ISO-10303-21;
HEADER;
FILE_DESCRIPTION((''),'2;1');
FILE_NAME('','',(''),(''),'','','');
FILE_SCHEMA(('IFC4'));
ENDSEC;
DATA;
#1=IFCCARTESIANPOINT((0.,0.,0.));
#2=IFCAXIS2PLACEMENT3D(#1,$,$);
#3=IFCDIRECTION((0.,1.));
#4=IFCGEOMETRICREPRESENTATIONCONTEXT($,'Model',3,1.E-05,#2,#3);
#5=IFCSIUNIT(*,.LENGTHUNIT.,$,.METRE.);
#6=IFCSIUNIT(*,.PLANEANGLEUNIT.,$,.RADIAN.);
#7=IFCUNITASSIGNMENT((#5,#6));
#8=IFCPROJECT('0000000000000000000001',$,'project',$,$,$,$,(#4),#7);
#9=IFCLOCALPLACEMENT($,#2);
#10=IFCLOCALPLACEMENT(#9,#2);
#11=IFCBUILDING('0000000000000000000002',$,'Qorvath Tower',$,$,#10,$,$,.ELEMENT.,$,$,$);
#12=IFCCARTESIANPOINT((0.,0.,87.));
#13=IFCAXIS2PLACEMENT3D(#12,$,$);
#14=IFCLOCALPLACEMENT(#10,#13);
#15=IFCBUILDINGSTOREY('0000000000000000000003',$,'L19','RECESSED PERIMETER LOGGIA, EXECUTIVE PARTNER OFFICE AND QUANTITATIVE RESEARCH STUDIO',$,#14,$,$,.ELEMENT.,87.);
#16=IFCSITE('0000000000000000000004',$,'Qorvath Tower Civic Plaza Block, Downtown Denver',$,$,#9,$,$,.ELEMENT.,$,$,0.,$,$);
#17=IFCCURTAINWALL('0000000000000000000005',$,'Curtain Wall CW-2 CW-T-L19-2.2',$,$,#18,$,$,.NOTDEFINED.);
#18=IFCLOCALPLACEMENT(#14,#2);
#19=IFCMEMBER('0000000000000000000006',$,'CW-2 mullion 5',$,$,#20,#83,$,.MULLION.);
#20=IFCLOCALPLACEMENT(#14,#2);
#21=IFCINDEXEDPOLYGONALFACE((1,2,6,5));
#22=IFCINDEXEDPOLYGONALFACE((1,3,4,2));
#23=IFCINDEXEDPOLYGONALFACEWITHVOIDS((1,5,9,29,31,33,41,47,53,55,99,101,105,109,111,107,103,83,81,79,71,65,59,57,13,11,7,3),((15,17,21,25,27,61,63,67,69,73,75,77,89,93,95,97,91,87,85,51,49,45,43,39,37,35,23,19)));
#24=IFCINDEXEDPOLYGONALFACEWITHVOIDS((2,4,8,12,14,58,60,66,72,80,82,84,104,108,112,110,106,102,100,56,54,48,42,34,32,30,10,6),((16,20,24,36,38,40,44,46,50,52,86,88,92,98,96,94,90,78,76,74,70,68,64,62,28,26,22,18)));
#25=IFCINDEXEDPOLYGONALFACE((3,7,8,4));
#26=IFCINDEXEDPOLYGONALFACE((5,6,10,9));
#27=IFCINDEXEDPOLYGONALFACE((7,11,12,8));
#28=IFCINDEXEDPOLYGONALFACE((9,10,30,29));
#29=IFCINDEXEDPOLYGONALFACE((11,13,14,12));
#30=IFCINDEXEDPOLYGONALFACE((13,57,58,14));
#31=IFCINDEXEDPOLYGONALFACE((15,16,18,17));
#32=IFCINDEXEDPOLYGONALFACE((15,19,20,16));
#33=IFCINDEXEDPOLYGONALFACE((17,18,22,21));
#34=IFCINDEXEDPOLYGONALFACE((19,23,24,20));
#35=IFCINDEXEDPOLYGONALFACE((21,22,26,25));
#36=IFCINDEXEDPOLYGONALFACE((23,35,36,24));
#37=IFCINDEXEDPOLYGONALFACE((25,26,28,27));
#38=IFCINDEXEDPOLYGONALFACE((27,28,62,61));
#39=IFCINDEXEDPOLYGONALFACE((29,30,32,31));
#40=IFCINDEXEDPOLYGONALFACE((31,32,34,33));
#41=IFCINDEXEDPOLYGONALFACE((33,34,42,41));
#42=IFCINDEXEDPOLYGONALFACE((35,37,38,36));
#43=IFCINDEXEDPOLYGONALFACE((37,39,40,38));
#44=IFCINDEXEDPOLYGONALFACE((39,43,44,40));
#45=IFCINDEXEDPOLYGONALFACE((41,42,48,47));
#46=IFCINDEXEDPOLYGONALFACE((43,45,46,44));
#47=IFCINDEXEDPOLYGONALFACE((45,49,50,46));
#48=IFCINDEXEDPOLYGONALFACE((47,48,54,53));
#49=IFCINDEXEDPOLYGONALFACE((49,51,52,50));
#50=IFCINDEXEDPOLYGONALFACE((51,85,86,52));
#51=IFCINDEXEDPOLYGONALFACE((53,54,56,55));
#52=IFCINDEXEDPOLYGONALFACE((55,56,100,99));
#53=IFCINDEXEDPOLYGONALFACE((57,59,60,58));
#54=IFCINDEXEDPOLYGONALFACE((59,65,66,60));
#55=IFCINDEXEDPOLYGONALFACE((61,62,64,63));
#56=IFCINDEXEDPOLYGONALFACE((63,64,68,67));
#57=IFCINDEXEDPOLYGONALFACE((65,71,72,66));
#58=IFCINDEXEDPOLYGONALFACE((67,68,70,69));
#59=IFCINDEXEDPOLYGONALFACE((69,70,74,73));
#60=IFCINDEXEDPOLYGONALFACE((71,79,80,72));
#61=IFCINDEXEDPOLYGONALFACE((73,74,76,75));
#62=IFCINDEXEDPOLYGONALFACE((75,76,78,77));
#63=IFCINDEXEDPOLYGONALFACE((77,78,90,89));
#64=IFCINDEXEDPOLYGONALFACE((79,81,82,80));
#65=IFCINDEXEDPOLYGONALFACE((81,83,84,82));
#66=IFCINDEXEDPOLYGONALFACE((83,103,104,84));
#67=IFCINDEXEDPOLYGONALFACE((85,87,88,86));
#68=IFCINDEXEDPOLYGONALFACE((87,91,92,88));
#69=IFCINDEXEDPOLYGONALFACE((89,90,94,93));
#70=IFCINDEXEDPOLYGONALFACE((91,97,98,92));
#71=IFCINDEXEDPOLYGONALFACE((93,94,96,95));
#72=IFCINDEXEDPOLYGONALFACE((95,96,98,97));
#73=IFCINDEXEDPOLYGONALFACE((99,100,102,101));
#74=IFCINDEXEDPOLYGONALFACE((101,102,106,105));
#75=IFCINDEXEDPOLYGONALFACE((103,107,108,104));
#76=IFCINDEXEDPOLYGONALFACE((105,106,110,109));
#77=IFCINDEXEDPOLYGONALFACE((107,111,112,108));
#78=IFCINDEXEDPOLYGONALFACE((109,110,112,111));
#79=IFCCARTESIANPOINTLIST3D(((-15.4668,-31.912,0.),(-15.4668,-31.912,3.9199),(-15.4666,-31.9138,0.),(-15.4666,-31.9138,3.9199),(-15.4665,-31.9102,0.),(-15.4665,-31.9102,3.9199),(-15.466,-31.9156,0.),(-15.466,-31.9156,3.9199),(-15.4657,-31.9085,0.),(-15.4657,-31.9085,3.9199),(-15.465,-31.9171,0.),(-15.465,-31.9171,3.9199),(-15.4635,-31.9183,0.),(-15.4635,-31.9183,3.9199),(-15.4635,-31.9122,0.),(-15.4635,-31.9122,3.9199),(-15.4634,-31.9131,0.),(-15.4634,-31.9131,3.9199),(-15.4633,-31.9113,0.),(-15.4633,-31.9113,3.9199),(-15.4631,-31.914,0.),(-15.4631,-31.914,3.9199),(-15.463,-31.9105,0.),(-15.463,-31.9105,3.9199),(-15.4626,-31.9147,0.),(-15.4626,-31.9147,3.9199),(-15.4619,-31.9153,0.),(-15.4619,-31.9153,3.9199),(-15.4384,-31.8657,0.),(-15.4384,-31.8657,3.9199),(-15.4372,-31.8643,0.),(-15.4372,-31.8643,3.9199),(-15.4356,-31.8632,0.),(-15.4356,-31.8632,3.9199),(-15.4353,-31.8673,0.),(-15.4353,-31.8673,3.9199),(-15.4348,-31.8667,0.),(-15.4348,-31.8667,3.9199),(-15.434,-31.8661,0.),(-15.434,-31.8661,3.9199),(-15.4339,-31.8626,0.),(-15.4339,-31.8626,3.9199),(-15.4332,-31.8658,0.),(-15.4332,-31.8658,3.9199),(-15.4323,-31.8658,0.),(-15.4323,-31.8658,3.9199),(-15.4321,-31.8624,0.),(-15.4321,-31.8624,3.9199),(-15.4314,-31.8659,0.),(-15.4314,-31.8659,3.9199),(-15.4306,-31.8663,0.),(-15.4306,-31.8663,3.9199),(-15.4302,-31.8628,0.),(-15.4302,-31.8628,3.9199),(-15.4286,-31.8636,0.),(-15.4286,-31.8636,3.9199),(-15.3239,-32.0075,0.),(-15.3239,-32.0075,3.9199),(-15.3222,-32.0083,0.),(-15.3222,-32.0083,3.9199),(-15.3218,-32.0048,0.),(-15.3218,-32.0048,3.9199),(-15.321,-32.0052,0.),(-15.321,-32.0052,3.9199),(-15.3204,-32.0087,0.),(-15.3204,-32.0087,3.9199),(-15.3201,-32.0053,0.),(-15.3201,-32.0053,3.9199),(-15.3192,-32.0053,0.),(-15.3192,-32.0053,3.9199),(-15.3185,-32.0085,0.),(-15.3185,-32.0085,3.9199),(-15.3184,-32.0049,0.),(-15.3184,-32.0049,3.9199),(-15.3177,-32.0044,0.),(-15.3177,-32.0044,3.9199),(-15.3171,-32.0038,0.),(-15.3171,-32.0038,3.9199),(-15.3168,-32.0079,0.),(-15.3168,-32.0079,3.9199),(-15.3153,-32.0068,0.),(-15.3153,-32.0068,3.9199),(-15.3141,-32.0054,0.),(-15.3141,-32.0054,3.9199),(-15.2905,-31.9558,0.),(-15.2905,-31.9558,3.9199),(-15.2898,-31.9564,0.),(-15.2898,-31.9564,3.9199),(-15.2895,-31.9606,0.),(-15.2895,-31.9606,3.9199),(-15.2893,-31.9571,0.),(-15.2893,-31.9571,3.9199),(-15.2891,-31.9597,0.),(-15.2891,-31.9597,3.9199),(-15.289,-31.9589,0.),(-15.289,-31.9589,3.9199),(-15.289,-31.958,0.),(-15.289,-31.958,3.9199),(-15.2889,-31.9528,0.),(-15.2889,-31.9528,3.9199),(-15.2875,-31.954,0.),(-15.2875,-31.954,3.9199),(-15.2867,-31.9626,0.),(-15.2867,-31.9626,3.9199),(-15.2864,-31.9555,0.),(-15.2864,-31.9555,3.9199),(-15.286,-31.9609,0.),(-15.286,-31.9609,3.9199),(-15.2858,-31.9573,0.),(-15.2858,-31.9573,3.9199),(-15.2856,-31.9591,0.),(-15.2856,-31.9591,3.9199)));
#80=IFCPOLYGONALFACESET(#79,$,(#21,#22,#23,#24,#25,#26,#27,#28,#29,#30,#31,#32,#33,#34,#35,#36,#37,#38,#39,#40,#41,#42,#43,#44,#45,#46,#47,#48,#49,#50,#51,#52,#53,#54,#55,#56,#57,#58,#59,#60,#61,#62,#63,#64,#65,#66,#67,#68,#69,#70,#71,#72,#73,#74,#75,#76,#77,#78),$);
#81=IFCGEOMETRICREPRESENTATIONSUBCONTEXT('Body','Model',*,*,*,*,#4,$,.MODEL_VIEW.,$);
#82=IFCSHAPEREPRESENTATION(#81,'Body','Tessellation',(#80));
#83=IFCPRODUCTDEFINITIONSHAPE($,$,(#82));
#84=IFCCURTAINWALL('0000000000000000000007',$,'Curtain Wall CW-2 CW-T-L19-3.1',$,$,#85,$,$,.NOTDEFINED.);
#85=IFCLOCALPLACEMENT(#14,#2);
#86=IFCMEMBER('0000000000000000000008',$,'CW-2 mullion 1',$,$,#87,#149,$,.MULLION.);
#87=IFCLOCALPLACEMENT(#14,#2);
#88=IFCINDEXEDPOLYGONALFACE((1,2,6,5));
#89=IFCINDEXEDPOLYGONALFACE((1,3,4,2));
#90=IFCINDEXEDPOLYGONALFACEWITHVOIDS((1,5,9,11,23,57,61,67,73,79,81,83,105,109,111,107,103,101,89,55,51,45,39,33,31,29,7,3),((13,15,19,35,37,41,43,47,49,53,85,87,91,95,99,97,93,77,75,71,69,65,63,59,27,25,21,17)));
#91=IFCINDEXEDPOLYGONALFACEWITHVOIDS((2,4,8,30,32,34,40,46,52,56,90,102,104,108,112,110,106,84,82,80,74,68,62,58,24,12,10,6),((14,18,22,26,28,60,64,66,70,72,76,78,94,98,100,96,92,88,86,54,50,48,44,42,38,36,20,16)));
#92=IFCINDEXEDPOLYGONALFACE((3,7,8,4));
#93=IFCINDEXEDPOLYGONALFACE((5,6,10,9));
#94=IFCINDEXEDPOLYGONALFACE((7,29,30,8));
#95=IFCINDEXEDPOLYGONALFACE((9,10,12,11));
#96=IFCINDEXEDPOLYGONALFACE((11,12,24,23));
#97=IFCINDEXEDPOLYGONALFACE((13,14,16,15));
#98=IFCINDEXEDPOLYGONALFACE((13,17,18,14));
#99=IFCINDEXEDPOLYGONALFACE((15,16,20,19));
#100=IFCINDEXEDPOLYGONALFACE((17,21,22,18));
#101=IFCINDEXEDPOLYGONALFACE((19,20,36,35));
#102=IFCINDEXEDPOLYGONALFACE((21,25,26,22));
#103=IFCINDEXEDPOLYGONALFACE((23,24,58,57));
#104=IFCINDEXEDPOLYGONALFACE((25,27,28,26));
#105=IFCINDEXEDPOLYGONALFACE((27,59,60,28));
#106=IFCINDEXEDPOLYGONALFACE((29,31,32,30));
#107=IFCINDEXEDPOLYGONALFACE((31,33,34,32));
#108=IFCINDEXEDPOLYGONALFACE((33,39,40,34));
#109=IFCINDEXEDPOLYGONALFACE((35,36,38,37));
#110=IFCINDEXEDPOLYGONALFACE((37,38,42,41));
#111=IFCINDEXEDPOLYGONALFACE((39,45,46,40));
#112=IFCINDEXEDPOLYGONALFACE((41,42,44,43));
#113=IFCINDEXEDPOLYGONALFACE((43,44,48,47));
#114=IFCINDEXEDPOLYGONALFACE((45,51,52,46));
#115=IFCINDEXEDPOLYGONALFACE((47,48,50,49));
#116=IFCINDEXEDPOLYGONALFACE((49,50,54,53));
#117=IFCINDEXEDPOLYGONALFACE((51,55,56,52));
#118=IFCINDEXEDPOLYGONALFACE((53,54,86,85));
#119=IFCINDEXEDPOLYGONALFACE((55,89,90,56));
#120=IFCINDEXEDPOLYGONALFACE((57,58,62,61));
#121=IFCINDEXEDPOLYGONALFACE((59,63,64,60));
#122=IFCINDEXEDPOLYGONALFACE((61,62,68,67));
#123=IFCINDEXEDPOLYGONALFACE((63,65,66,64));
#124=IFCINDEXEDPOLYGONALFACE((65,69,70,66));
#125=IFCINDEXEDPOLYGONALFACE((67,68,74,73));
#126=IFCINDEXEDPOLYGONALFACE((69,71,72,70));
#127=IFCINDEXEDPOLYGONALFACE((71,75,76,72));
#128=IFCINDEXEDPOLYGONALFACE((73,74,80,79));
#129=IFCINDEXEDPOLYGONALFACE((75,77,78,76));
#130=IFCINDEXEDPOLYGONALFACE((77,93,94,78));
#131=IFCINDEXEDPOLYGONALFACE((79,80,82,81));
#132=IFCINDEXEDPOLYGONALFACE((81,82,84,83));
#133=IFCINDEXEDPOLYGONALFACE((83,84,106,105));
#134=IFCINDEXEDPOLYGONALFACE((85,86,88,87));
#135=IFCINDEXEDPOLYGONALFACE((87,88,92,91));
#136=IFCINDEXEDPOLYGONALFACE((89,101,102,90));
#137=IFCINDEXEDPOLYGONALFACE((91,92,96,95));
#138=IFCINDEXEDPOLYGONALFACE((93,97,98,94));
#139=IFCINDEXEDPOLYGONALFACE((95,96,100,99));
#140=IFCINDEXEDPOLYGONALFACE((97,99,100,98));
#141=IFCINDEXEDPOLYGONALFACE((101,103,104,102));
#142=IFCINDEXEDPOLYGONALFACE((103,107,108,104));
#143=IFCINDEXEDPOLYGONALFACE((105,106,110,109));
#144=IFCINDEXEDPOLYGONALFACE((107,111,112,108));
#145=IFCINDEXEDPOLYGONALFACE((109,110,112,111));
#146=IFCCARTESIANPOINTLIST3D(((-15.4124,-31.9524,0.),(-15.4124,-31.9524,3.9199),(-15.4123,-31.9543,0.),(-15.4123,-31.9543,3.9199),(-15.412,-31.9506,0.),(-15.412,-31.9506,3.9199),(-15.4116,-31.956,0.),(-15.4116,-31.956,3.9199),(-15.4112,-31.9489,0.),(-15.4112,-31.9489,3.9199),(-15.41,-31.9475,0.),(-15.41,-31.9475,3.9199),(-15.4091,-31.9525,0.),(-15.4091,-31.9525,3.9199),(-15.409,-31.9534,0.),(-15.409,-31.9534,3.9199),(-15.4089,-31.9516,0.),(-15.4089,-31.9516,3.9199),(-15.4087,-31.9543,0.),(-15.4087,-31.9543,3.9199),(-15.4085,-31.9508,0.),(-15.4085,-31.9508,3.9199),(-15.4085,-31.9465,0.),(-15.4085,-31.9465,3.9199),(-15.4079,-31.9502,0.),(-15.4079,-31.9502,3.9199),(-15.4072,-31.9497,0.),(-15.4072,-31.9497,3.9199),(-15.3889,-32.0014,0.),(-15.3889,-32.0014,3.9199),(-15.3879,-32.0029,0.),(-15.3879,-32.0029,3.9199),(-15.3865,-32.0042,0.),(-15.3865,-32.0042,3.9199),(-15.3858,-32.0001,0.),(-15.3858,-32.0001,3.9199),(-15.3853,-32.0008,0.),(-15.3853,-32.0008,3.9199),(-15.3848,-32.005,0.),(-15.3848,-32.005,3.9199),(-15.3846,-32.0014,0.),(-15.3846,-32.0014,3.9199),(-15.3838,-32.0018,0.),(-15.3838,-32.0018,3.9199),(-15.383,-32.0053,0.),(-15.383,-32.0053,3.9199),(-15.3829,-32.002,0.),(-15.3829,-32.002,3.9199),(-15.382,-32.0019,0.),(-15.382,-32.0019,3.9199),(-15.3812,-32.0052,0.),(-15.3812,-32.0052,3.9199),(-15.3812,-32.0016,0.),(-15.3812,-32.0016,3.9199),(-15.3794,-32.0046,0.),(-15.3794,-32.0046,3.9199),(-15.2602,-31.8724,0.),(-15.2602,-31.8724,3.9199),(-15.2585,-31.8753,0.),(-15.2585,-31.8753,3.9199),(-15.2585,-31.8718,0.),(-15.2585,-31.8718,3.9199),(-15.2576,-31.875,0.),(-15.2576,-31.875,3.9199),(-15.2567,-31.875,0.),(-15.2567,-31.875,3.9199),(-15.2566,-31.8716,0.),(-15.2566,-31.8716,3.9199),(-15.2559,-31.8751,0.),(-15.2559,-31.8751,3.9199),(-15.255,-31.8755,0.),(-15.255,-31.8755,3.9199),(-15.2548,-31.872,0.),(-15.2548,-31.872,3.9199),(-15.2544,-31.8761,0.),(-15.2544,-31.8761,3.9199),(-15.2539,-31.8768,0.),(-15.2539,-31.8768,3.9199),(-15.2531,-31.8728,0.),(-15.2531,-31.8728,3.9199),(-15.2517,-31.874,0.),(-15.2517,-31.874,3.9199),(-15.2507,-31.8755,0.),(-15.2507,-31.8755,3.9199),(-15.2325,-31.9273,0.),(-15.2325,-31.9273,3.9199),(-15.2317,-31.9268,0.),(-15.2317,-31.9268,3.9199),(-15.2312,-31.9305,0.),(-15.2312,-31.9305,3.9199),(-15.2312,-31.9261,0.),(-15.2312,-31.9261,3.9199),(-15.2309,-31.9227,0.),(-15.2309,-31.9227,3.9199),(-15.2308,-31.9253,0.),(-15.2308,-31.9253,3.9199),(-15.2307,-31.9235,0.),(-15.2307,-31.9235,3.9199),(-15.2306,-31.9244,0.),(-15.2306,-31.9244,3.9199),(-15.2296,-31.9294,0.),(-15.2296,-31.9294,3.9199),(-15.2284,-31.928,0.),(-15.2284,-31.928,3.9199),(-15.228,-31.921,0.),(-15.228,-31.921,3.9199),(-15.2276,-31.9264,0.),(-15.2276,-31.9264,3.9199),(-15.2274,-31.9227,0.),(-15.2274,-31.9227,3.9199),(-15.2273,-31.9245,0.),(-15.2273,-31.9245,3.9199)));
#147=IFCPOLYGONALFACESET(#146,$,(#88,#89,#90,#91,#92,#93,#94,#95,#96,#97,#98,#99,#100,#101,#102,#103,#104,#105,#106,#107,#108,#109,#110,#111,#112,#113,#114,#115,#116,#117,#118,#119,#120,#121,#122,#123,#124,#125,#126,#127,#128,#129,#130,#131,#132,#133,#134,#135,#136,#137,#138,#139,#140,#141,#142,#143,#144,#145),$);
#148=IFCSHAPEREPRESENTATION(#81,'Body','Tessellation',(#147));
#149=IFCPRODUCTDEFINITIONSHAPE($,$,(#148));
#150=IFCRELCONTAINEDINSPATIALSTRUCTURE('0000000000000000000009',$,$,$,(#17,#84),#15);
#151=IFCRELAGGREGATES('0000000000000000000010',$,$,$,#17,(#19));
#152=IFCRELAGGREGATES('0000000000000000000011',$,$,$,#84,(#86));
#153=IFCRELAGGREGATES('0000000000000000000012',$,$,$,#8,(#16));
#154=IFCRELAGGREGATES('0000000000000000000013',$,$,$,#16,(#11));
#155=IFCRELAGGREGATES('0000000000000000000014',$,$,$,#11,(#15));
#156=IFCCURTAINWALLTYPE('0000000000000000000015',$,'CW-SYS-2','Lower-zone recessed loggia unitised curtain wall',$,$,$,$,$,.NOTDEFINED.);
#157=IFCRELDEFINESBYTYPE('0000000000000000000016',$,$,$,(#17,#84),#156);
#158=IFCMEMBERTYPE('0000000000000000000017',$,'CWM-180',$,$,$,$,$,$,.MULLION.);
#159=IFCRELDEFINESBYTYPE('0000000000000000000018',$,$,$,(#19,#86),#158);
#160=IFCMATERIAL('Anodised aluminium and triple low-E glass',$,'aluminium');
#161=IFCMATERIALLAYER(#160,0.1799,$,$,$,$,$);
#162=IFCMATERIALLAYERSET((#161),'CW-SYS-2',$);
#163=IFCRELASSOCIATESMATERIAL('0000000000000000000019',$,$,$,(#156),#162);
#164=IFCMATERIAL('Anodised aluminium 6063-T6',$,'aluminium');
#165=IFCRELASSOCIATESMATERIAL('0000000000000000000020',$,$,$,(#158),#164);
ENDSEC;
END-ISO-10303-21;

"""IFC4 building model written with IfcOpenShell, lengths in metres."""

from ifc_helpers import new_model, si_unit, direction, frame, origin, origin_2d, place, context, subcontext, project, spatial, hollow_rectangle, extrude, material, layer, layer_set, material_profile, profile_set, type_object, element, aggregate, save


model = new_model("IFC4")

# Units and contexts
model_context = context("Model", 3, precision=1e-05, world=origin(), true_north=direction((0.0, 1.0)))
body_context = subcontext(model_context, "Body", "Model", "MODEL_VIEW")
ifc_project = project(units=[si_unit("LENGTHUNIT", "METRE"), si_unit("PLANEANGLEUNIT", "RADIAN")], contexts=[model_context])

# Site, building, storey
site_placement = place(None, origin())
site = spatial("IfcSite", under=ifc_project, at=site_placement, Name="Qorvath Tower Civic Plaza Block, Downtown Denver", CompositionType="ELEMENT", RefElevation=0.0)
building_placement = place(site_placement, origin())
building = spatial("IfcBuilding", under=site, at=building_placement, Name="Qorvath Tower", CompositionType="ELEMENT")
storey_placement = place(building_placement, frame((0.0, 0.0, 87.0)))
storey = spatial("IfcBuildingStorey", under=building, at=storey_placement, Name="L19", Description="RECESSED PERIMETER LOGGIA, EXECUTIVE PARTNER OFFICE AND QUANTITATIVE RESEARCH STUDIO", CompositionType="ELEMENT", Elevation=87.0)

# Curtain wall, member
ifc_material_1 = material(Name="Anodised aluminium and triple low-E glass", Category="aluminium")
ifc_layer_1 = layer(ifc_material_1, 0.1799)
ifc_layer_set_1 = layer_set([ifc_layer_1], Name="CW-SYS-2")
curtain_wall_type = type_object("IfcCurtainWallType", Name="CW-SYS-2", Description="Lower-zone recessed loggia unitised curtain wall", PredefinedType="NOTDEFINED", material=ifc_layer_set_1)
curtain_wall_1_placement = place(storey_placement, origin())
curtain_wall_1 = element("IfcCurtainWall", 1, at=curtain_wall_1_placement, inside=storey, type_object=curtain_wall_type, Name="Curtain Wall CW-2 CW-T-L19-2.2", PredefinedType="NOTDEFINED")
ifc_material_2 = material(Name="Anodised aluminium 6063-T6", Category="aluminium")
ifc_material_profile_1 = material_profile(ifc_material_2, hollow_rectangle(XDim=0.0649, YDim=0.1799, WallThickness=0.0034, InnerFilletRadius=0.0034, OuterFilletRadius=0.0071, at=origin_2d()), Name="CWM 180x65")
ifc_profile_set_1 = profile_set([ifc_material_profile_1], Name="Anodised aluminium 6063-T6")
member_type_1 = type_object("IfcMemberType", Name="CWM-180", PredefinedType="MULLION", material=ifc_profile_set_1)
member_1_placement = place(storey_placement, frame((-15.3762, -31.9355, 0.0), z_axis=(0.0, 0.0, 1.0), x_axis=(0.538533, 0.842604, 0.0)))
member_1 = element("IfcMember", 2, at=member_1_placement, type_object=member_type_1, Name="CW-2 mullion 5", PredefinedType="MULLION", context=body_context, shape_type="SweptSolid", body=[
    extrude(hollow_rectangle(XDim=0.0649, YDim=0.1799, WallThickness=0.0034, InnerFilletRadius=0.0034, OuterFilletRadius=0.0071, at=origin_2d()), origin(), (0.0, 0.0, 1.0), 3.9199),
])

# Curtain wall, member
curtain_wall_2_placement = place(storey_placement, origin())
curtain_wall_2 = element("IfcCurtainWall", 3, at=curtain_wall_2_placement, inside=storey, type_object=curtain_wall_type, Name="Curtain Wall CW-2 CW-T-L19-3.1", PredefinedType="NOTDEFINED")
member_2_placement = place(storey_placement, frame((-15.3198, -31.9385, 0.0), z_axis=(0.0, 0.0, 1.0), x_axis=(-0.44719, 0.894439, 0.0)))
member_2 = element("IfcMember", 4, at=member_2_placement, type_object=member_type_1, Name="CW-2 mullion 1", PredefinedType="MULLION", context=body_context, shape_type="SweptSolid", body=[
    extrude(hollow_rectangle(XDim=0.0649, YDim=0.1799, WallThickness=0.0034, InnerFilletRadius=0.0034, OuterFilletRadius=0.0071, at=origin_2d()), origin(), (0.0, 0.0, 1.0), 3.9199),
])

aggregate(curtain_wall_1, [member_1])
aggregate(curtain_wall_2, [member_2])

save(model, "model.ifc")
